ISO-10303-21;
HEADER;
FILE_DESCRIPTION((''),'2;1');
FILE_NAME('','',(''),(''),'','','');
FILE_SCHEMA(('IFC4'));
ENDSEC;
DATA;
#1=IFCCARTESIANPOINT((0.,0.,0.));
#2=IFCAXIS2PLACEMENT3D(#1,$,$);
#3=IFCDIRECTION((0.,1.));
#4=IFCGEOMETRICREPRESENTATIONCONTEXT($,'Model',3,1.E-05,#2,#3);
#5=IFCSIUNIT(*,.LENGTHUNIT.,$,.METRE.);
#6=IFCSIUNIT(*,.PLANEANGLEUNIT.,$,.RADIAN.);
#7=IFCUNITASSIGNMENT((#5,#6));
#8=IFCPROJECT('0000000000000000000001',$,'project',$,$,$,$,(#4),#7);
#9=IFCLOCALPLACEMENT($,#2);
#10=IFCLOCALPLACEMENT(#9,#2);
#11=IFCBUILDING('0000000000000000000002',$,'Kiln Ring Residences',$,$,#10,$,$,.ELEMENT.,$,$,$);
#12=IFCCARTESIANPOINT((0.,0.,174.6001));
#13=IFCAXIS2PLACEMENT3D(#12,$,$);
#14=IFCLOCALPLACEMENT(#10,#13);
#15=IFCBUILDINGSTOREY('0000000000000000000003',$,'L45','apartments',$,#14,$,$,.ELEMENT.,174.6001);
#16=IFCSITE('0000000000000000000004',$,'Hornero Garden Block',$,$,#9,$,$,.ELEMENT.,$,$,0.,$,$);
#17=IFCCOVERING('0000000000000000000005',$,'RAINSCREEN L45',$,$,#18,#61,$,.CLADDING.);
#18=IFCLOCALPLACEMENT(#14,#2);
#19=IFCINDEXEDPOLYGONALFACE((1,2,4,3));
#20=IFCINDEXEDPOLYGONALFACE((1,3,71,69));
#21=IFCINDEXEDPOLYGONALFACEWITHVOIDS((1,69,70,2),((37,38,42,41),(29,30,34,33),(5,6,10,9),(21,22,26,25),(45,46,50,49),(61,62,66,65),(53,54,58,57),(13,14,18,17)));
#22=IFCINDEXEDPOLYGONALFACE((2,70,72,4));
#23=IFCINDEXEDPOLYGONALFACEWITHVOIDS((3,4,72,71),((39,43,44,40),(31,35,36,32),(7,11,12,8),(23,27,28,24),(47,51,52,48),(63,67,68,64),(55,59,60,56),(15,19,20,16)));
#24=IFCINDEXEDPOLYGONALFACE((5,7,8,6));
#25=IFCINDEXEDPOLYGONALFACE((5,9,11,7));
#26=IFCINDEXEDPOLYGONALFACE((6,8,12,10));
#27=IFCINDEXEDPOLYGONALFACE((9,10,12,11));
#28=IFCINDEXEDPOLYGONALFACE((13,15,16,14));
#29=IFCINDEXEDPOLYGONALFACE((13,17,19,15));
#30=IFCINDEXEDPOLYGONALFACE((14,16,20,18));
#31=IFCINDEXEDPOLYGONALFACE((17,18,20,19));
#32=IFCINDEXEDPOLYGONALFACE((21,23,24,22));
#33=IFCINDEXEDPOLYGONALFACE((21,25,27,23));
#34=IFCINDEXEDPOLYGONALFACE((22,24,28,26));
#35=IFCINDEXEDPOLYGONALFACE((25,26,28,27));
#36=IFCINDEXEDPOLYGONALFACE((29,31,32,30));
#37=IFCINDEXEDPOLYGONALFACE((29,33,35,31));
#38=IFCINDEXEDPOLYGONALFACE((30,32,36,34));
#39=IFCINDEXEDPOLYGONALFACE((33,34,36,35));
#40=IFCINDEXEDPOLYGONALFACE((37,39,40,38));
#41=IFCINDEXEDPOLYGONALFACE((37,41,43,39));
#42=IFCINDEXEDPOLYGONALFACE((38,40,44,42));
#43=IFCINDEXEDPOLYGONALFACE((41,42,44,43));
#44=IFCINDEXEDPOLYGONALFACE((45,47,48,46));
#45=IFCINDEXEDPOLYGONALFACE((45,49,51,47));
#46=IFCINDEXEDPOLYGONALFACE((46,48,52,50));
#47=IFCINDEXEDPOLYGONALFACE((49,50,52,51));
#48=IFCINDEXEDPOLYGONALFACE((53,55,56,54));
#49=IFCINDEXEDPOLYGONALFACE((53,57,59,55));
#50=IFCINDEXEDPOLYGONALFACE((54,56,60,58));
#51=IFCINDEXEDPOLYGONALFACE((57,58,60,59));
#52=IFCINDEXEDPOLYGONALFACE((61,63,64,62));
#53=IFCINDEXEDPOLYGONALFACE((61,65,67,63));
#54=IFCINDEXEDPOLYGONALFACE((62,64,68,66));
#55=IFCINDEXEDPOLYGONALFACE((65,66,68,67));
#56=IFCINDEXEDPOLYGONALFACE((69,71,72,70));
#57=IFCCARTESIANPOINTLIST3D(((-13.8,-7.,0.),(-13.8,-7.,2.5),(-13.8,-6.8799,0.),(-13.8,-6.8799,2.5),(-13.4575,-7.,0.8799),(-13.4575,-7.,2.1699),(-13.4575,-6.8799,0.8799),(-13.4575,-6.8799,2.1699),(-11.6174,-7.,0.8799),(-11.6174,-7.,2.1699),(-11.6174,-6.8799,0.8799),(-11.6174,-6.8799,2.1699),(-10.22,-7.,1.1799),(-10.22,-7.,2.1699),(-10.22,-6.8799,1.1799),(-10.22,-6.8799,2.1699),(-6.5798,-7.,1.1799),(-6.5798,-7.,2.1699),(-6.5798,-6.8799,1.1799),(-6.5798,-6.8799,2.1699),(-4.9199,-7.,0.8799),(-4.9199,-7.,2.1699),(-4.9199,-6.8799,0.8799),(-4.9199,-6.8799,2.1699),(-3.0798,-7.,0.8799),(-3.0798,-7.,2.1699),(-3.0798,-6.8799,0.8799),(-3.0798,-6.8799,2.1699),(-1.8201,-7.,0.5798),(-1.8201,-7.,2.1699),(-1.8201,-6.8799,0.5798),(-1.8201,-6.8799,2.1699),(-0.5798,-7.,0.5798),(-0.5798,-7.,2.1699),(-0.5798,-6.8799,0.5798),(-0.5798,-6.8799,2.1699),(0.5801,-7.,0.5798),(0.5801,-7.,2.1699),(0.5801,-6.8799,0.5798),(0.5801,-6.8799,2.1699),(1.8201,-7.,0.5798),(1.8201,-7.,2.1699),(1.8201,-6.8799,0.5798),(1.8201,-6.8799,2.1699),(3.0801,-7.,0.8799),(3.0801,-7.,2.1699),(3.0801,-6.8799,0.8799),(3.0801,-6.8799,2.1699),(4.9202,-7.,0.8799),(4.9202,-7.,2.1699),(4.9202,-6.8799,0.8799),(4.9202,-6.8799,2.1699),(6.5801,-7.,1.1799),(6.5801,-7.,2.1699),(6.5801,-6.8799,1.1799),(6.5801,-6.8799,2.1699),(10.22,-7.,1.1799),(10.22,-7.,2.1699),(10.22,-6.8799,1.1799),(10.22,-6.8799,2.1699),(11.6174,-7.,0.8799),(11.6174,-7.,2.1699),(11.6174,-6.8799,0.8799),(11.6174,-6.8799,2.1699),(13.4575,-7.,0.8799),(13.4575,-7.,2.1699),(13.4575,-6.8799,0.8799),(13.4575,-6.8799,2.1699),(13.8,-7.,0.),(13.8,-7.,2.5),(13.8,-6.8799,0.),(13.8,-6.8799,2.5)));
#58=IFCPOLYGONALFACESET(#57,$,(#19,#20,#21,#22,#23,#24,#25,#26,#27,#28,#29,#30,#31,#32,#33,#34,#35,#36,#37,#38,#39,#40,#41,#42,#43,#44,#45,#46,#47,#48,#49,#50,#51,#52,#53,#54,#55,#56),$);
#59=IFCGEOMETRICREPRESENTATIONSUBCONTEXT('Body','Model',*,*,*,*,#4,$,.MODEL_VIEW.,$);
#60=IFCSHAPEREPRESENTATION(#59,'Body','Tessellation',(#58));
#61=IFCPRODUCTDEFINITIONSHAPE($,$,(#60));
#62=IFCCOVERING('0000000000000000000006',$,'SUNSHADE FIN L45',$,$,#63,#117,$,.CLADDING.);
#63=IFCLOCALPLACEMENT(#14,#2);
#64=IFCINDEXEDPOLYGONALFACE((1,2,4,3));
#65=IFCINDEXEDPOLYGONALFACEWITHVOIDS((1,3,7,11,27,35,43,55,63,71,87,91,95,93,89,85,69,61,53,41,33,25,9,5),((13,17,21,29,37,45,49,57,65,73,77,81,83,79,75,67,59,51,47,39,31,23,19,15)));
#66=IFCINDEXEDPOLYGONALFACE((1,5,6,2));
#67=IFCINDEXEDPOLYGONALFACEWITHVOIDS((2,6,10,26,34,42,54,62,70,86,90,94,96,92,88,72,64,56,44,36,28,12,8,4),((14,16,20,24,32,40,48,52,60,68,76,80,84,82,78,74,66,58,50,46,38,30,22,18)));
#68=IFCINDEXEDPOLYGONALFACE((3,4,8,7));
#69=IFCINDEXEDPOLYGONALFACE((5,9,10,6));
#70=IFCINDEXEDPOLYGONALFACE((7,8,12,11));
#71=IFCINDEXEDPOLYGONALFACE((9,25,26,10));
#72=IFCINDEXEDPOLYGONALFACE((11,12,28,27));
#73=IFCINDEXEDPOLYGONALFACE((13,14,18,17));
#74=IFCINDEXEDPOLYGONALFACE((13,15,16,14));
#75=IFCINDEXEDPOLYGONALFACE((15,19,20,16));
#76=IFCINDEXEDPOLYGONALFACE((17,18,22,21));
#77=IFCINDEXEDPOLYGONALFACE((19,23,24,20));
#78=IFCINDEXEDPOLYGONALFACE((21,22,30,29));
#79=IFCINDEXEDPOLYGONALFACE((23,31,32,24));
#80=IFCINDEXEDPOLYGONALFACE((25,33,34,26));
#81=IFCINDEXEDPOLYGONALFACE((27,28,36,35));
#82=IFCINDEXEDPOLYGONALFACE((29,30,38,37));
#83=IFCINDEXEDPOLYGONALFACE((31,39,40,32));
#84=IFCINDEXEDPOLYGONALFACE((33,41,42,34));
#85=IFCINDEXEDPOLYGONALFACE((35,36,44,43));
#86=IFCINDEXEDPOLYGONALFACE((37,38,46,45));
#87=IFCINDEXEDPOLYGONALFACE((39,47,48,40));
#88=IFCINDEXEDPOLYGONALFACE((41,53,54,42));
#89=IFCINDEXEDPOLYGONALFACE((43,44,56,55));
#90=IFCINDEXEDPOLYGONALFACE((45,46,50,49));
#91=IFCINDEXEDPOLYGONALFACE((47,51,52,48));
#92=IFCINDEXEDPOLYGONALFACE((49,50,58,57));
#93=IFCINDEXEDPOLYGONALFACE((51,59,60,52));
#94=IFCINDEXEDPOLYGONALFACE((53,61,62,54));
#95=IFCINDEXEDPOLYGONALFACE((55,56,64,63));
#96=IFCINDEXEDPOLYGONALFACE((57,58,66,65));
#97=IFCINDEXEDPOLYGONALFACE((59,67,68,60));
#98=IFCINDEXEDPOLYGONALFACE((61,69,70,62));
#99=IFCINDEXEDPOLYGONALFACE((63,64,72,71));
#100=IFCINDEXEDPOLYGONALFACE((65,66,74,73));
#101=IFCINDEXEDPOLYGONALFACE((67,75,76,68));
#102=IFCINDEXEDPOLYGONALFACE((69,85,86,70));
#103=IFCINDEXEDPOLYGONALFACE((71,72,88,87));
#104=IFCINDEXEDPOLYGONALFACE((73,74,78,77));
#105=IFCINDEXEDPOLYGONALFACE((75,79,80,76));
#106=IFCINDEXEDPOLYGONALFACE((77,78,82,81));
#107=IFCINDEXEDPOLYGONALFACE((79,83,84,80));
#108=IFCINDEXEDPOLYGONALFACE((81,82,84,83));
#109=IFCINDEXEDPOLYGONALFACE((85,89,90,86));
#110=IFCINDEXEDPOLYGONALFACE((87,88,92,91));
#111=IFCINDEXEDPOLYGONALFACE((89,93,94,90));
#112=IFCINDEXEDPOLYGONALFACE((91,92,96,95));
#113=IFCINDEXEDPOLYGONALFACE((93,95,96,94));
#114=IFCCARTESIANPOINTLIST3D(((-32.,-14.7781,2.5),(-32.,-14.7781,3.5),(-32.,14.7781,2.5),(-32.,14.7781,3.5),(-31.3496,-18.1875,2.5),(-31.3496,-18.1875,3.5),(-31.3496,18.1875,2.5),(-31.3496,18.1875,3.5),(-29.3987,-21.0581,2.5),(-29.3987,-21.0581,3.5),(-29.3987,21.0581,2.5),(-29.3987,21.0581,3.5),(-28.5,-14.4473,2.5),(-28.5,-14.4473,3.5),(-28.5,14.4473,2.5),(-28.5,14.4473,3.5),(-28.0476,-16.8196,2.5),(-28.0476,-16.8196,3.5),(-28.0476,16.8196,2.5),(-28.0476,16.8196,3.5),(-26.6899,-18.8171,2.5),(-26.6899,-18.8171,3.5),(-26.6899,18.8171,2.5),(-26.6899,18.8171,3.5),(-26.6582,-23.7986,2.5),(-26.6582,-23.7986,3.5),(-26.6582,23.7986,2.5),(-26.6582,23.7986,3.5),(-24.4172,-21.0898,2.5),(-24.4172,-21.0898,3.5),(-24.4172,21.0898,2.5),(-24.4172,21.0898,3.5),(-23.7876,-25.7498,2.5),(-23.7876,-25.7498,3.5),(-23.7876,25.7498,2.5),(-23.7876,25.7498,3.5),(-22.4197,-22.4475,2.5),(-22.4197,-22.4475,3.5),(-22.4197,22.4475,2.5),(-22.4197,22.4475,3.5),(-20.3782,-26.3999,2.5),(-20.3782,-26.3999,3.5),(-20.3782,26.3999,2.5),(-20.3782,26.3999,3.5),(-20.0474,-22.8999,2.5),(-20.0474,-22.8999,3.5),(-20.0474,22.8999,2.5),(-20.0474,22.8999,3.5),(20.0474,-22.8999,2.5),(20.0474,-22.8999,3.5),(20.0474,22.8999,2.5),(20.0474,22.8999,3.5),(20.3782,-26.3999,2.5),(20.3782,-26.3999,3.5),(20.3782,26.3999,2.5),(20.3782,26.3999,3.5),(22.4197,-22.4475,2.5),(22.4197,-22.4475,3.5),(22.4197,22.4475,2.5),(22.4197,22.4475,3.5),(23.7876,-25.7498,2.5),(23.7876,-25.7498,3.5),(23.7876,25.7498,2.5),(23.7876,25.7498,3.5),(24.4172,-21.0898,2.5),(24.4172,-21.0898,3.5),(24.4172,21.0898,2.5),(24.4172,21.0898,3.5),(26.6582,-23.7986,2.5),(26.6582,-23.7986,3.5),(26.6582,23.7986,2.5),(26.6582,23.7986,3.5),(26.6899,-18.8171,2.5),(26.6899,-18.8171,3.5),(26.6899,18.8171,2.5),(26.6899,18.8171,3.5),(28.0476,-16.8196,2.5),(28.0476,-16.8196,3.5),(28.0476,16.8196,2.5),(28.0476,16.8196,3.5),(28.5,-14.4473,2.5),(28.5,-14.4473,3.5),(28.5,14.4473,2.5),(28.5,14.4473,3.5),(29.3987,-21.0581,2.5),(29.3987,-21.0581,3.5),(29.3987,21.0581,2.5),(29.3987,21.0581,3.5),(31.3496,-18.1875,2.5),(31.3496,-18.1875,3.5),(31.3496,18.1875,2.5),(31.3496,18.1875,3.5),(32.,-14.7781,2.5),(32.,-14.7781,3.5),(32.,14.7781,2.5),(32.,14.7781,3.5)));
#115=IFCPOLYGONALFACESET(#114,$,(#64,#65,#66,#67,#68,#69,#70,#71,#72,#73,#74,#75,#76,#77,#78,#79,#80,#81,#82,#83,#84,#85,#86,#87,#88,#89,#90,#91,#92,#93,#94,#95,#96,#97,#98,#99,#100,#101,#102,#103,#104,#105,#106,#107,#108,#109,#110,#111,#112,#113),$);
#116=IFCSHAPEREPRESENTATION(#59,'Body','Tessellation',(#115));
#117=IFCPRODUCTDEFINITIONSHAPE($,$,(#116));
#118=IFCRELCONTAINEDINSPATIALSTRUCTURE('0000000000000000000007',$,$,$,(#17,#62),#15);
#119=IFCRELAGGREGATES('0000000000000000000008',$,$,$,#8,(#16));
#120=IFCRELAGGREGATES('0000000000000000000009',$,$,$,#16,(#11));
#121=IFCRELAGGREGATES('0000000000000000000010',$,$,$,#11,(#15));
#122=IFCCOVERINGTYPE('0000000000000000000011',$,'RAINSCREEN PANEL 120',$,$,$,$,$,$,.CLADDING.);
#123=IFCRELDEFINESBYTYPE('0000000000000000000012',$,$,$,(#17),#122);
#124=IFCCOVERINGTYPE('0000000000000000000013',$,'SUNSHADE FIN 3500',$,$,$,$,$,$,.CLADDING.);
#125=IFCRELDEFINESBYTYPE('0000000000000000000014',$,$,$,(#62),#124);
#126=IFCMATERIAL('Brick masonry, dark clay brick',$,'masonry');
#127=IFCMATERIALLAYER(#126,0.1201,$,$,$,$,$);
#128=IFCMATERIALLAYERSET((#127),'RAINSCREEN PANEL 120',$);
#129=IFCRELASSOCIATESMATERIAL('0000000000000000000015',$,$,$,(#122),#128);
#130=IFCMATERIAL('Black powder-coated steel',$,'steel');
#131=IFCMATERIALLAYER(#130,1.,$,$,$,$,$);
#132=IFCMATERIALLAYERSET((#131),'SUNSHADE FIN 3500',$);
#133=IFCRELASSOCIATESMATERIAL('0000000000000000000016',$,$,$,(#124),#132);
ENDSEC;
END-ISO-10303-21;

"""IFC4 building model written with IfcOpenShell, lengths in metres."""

from ifc_helpers import new_model, si_unit, direction, frame, origin, place, context, subcontext, project, spatial, polyline, outline, extrude, material, layer, layer_set, type_object, element, save


model = new_model("IFC4")

# Units and contexts
model_context = context("Model", 3, precision=1e-05, world=origin(), true_north=direction((0.0, 1.0)))
body_context = subcontext(model_context, "Body", "Model", "MODEL_VIEW")
ifc_project = project(units=[si_unit("LENGTHUNIT", "METRE"), si_unit("PLANEANGLEUNIT", "RADIAN")], contexts=[model_context])

# Site, building, storey
site_placement = place(None, origin())
site = spatial("IfcSite", under=ifc_project, at=site_placement, Name="Hornero Garden Block", CompositionType="ELEMENT", RefElevation=0.0)
building_placement = place(site_placement, origin())
building = spatial("IfcBuilding", under=site, at=building_placement, Name="Kiln Ring Residences", CompositionType="ELEMENT")
storey_placement = place(building_placement, frame((0.0, 0.0, 174.6001)))
storey = spatial("IfcBuildingStorey", under=building, at=storey_placement, Name="L45", Description="apartments", CompositionType="ELEMENT", Elevation=174.6001)

# Covering
ifc_material_1 = material(Name="Brick masonry, dark clay brick", Category="masonry")
ifc_layer_1 = layer(ifc_material_1, 0.1201)
ifc_layer_set_1 = layer_set([ifc_layer_1], Name="RAINSCREEN PANEL 120")
covering_type_1 = type_object("IfcCoveringType", Name="RAINSCREEN PANEL 120", PredefinedType="CLADDING", material=ifc_layer_set_1)
covering_1_placement = place(storey_placement, frame((13.8, -6.9399, 0.0), z_axis=(0.0, 0.0, 1.0), x_axis=(-1.0, 0.0, 0.0)))
element("IfcCovering", 1, at=covering_1_placement, inside=storey, type_object=covering_type_1, Name="RAINSCREEN L45", PredefinedType="CLADDING", context=body_context, shape_type="SweptSolid", body=[
    extrude(outline(polyline([(0.0, 0.0), (27.6001, 0.0), (27.6001, 2.5), (0.0, 2.5), (0.0, 0.0)]), holes=[polyline([(11.98, 0.5798), (13.22, 0.5798), (13.22, 2.1699), (11.98, 2.1699), (11.98, 0.5798)]), polyline([(14.3799, 0.5798), (15.6201, 0.5798), (15.6201, 2.1699), (14.3799, 2.1699), (14.3799, 0.5798)]), polyline([(0.3425, 0.8799), (2.1826, 0.8799), (2.1826, 2.1699), (0.3425, 2.1699), (0.3425, 0.8799)]), polyline([(8.8799, 0.8799), (10.72, 0.8799), (10.72, 2.1699), (8.8799, 2.1699), (8.8799, 0.8799)]), polyline([(16.8799, 0.8799), (18.72, 0.8799), (18.72, 2.1699), (16.8799, 2.1699), (16.8799, 0.8799)]), polyline([(25.4175, 0.8799), (27.2576, 0.8799), (27.2576, 2.1699), (25.4175, 2.1699), (25.4175, 0.8799)]), polyline([(3.5801, 1.1799), (7.22, 1.1799), (7.22, 2.1699), (3.5801, 2.1699), (3.5801, 1.1799)]), polyline([(20.3799, 1.1799), (24.02, 1.1799), (24.02, 2.1699), (20.3799, 2.1699), (20.3799, 1.1799)])]), frame((0.0, 0.0601, 0.0), z_axis=(0.0, -1.0, 0.0), x_axis=(1.0, 0.0, 0.0)), (0.0, 0.0, 1.0), 0.1201),
])

# Covering
ifc_material_2 = material(Name="Black powder-coated steel", Category="steel")
ifc_layer_2 = layer(ifc_material_2, 1.0)
ifc_layer_set_2 = layer_set([ifc_layer_2], Name="SUNSHADE FIN 3500")
covering_type_2 = type_object("IfcCoveringType", Name="SUNSHADE FIN 3500", PredefinedType="CLADDING", material=ifc_layer_set_2)
covering_2_placement = place(storey_placement, frame((0.0, 0.0, 2.5)))
element("IfcCovering", 2, at=covering_2_placement, inside=storey, type_object=covering_type_2, Name="SUNSHADE FIN L45", PredefinedType="CLADDING", context=body_context, shape_type="SweptSolid", body=[
    extrude(outline(polyline([(-31.3496, -18.1875), (-29.3987, -21.0581), (-26.6582, -23.7986), (-23.7876, -25.7498), (-20.3782, -26.3999), (20.3782, -26.3999), (23.7876, -25.7498), (26.6582, -23.7986), (29.3987, -21.0581), (31.3496, -18.1875), (32.0, -14.7781), (32.0, 14.7781), (31.3496, 18.1875), (29.3987, 21.0581), (26.6582, 23.7986), (23.7876, 25.7498), (20.3782, 26.3999), (-20.3782, 26.3999), (-23.7876, 25.7498), (-26.6582, 23.7986), (-29.3987, 21.0581), (-31.3496, 18.1875), (-32.0, 14.7781), (-32.0, -14.7781), (-31.3496, -18.1875)]), holes=[polyline([(-24.4172, -21.0898), (-26.6899, -18.8171), (-28.0476, -16.8196), (-28.5, -14.4473), (-28.5, 14.4473), (-28.0476, 16.8196), (-26.6899, 18.8171), (-24.4172, 21.0898), (-22.4197, 22.4475), (-20.0474, 22.8999), (20.0474, 22.8999), (22.4197, 22.4475), (24.4172, 21.0898), (26.6899, 18.8171), (28.0476, 16.8196), (28.5, 14.4473), (28.5, -14.4473), (28.0476, -16.8196), (26.6899, -18.8171), (24.4172, -21.0898), (22.4197, -22.4475), (20.0474, -22.8999), (-20.0474, -22.8999), (-22.4197, -22.4475), (-24.4172, -21.0898)])]), origin(), (0.0, 0.0, 1.0), 1.0),
])

save(model, "model.ifc")
